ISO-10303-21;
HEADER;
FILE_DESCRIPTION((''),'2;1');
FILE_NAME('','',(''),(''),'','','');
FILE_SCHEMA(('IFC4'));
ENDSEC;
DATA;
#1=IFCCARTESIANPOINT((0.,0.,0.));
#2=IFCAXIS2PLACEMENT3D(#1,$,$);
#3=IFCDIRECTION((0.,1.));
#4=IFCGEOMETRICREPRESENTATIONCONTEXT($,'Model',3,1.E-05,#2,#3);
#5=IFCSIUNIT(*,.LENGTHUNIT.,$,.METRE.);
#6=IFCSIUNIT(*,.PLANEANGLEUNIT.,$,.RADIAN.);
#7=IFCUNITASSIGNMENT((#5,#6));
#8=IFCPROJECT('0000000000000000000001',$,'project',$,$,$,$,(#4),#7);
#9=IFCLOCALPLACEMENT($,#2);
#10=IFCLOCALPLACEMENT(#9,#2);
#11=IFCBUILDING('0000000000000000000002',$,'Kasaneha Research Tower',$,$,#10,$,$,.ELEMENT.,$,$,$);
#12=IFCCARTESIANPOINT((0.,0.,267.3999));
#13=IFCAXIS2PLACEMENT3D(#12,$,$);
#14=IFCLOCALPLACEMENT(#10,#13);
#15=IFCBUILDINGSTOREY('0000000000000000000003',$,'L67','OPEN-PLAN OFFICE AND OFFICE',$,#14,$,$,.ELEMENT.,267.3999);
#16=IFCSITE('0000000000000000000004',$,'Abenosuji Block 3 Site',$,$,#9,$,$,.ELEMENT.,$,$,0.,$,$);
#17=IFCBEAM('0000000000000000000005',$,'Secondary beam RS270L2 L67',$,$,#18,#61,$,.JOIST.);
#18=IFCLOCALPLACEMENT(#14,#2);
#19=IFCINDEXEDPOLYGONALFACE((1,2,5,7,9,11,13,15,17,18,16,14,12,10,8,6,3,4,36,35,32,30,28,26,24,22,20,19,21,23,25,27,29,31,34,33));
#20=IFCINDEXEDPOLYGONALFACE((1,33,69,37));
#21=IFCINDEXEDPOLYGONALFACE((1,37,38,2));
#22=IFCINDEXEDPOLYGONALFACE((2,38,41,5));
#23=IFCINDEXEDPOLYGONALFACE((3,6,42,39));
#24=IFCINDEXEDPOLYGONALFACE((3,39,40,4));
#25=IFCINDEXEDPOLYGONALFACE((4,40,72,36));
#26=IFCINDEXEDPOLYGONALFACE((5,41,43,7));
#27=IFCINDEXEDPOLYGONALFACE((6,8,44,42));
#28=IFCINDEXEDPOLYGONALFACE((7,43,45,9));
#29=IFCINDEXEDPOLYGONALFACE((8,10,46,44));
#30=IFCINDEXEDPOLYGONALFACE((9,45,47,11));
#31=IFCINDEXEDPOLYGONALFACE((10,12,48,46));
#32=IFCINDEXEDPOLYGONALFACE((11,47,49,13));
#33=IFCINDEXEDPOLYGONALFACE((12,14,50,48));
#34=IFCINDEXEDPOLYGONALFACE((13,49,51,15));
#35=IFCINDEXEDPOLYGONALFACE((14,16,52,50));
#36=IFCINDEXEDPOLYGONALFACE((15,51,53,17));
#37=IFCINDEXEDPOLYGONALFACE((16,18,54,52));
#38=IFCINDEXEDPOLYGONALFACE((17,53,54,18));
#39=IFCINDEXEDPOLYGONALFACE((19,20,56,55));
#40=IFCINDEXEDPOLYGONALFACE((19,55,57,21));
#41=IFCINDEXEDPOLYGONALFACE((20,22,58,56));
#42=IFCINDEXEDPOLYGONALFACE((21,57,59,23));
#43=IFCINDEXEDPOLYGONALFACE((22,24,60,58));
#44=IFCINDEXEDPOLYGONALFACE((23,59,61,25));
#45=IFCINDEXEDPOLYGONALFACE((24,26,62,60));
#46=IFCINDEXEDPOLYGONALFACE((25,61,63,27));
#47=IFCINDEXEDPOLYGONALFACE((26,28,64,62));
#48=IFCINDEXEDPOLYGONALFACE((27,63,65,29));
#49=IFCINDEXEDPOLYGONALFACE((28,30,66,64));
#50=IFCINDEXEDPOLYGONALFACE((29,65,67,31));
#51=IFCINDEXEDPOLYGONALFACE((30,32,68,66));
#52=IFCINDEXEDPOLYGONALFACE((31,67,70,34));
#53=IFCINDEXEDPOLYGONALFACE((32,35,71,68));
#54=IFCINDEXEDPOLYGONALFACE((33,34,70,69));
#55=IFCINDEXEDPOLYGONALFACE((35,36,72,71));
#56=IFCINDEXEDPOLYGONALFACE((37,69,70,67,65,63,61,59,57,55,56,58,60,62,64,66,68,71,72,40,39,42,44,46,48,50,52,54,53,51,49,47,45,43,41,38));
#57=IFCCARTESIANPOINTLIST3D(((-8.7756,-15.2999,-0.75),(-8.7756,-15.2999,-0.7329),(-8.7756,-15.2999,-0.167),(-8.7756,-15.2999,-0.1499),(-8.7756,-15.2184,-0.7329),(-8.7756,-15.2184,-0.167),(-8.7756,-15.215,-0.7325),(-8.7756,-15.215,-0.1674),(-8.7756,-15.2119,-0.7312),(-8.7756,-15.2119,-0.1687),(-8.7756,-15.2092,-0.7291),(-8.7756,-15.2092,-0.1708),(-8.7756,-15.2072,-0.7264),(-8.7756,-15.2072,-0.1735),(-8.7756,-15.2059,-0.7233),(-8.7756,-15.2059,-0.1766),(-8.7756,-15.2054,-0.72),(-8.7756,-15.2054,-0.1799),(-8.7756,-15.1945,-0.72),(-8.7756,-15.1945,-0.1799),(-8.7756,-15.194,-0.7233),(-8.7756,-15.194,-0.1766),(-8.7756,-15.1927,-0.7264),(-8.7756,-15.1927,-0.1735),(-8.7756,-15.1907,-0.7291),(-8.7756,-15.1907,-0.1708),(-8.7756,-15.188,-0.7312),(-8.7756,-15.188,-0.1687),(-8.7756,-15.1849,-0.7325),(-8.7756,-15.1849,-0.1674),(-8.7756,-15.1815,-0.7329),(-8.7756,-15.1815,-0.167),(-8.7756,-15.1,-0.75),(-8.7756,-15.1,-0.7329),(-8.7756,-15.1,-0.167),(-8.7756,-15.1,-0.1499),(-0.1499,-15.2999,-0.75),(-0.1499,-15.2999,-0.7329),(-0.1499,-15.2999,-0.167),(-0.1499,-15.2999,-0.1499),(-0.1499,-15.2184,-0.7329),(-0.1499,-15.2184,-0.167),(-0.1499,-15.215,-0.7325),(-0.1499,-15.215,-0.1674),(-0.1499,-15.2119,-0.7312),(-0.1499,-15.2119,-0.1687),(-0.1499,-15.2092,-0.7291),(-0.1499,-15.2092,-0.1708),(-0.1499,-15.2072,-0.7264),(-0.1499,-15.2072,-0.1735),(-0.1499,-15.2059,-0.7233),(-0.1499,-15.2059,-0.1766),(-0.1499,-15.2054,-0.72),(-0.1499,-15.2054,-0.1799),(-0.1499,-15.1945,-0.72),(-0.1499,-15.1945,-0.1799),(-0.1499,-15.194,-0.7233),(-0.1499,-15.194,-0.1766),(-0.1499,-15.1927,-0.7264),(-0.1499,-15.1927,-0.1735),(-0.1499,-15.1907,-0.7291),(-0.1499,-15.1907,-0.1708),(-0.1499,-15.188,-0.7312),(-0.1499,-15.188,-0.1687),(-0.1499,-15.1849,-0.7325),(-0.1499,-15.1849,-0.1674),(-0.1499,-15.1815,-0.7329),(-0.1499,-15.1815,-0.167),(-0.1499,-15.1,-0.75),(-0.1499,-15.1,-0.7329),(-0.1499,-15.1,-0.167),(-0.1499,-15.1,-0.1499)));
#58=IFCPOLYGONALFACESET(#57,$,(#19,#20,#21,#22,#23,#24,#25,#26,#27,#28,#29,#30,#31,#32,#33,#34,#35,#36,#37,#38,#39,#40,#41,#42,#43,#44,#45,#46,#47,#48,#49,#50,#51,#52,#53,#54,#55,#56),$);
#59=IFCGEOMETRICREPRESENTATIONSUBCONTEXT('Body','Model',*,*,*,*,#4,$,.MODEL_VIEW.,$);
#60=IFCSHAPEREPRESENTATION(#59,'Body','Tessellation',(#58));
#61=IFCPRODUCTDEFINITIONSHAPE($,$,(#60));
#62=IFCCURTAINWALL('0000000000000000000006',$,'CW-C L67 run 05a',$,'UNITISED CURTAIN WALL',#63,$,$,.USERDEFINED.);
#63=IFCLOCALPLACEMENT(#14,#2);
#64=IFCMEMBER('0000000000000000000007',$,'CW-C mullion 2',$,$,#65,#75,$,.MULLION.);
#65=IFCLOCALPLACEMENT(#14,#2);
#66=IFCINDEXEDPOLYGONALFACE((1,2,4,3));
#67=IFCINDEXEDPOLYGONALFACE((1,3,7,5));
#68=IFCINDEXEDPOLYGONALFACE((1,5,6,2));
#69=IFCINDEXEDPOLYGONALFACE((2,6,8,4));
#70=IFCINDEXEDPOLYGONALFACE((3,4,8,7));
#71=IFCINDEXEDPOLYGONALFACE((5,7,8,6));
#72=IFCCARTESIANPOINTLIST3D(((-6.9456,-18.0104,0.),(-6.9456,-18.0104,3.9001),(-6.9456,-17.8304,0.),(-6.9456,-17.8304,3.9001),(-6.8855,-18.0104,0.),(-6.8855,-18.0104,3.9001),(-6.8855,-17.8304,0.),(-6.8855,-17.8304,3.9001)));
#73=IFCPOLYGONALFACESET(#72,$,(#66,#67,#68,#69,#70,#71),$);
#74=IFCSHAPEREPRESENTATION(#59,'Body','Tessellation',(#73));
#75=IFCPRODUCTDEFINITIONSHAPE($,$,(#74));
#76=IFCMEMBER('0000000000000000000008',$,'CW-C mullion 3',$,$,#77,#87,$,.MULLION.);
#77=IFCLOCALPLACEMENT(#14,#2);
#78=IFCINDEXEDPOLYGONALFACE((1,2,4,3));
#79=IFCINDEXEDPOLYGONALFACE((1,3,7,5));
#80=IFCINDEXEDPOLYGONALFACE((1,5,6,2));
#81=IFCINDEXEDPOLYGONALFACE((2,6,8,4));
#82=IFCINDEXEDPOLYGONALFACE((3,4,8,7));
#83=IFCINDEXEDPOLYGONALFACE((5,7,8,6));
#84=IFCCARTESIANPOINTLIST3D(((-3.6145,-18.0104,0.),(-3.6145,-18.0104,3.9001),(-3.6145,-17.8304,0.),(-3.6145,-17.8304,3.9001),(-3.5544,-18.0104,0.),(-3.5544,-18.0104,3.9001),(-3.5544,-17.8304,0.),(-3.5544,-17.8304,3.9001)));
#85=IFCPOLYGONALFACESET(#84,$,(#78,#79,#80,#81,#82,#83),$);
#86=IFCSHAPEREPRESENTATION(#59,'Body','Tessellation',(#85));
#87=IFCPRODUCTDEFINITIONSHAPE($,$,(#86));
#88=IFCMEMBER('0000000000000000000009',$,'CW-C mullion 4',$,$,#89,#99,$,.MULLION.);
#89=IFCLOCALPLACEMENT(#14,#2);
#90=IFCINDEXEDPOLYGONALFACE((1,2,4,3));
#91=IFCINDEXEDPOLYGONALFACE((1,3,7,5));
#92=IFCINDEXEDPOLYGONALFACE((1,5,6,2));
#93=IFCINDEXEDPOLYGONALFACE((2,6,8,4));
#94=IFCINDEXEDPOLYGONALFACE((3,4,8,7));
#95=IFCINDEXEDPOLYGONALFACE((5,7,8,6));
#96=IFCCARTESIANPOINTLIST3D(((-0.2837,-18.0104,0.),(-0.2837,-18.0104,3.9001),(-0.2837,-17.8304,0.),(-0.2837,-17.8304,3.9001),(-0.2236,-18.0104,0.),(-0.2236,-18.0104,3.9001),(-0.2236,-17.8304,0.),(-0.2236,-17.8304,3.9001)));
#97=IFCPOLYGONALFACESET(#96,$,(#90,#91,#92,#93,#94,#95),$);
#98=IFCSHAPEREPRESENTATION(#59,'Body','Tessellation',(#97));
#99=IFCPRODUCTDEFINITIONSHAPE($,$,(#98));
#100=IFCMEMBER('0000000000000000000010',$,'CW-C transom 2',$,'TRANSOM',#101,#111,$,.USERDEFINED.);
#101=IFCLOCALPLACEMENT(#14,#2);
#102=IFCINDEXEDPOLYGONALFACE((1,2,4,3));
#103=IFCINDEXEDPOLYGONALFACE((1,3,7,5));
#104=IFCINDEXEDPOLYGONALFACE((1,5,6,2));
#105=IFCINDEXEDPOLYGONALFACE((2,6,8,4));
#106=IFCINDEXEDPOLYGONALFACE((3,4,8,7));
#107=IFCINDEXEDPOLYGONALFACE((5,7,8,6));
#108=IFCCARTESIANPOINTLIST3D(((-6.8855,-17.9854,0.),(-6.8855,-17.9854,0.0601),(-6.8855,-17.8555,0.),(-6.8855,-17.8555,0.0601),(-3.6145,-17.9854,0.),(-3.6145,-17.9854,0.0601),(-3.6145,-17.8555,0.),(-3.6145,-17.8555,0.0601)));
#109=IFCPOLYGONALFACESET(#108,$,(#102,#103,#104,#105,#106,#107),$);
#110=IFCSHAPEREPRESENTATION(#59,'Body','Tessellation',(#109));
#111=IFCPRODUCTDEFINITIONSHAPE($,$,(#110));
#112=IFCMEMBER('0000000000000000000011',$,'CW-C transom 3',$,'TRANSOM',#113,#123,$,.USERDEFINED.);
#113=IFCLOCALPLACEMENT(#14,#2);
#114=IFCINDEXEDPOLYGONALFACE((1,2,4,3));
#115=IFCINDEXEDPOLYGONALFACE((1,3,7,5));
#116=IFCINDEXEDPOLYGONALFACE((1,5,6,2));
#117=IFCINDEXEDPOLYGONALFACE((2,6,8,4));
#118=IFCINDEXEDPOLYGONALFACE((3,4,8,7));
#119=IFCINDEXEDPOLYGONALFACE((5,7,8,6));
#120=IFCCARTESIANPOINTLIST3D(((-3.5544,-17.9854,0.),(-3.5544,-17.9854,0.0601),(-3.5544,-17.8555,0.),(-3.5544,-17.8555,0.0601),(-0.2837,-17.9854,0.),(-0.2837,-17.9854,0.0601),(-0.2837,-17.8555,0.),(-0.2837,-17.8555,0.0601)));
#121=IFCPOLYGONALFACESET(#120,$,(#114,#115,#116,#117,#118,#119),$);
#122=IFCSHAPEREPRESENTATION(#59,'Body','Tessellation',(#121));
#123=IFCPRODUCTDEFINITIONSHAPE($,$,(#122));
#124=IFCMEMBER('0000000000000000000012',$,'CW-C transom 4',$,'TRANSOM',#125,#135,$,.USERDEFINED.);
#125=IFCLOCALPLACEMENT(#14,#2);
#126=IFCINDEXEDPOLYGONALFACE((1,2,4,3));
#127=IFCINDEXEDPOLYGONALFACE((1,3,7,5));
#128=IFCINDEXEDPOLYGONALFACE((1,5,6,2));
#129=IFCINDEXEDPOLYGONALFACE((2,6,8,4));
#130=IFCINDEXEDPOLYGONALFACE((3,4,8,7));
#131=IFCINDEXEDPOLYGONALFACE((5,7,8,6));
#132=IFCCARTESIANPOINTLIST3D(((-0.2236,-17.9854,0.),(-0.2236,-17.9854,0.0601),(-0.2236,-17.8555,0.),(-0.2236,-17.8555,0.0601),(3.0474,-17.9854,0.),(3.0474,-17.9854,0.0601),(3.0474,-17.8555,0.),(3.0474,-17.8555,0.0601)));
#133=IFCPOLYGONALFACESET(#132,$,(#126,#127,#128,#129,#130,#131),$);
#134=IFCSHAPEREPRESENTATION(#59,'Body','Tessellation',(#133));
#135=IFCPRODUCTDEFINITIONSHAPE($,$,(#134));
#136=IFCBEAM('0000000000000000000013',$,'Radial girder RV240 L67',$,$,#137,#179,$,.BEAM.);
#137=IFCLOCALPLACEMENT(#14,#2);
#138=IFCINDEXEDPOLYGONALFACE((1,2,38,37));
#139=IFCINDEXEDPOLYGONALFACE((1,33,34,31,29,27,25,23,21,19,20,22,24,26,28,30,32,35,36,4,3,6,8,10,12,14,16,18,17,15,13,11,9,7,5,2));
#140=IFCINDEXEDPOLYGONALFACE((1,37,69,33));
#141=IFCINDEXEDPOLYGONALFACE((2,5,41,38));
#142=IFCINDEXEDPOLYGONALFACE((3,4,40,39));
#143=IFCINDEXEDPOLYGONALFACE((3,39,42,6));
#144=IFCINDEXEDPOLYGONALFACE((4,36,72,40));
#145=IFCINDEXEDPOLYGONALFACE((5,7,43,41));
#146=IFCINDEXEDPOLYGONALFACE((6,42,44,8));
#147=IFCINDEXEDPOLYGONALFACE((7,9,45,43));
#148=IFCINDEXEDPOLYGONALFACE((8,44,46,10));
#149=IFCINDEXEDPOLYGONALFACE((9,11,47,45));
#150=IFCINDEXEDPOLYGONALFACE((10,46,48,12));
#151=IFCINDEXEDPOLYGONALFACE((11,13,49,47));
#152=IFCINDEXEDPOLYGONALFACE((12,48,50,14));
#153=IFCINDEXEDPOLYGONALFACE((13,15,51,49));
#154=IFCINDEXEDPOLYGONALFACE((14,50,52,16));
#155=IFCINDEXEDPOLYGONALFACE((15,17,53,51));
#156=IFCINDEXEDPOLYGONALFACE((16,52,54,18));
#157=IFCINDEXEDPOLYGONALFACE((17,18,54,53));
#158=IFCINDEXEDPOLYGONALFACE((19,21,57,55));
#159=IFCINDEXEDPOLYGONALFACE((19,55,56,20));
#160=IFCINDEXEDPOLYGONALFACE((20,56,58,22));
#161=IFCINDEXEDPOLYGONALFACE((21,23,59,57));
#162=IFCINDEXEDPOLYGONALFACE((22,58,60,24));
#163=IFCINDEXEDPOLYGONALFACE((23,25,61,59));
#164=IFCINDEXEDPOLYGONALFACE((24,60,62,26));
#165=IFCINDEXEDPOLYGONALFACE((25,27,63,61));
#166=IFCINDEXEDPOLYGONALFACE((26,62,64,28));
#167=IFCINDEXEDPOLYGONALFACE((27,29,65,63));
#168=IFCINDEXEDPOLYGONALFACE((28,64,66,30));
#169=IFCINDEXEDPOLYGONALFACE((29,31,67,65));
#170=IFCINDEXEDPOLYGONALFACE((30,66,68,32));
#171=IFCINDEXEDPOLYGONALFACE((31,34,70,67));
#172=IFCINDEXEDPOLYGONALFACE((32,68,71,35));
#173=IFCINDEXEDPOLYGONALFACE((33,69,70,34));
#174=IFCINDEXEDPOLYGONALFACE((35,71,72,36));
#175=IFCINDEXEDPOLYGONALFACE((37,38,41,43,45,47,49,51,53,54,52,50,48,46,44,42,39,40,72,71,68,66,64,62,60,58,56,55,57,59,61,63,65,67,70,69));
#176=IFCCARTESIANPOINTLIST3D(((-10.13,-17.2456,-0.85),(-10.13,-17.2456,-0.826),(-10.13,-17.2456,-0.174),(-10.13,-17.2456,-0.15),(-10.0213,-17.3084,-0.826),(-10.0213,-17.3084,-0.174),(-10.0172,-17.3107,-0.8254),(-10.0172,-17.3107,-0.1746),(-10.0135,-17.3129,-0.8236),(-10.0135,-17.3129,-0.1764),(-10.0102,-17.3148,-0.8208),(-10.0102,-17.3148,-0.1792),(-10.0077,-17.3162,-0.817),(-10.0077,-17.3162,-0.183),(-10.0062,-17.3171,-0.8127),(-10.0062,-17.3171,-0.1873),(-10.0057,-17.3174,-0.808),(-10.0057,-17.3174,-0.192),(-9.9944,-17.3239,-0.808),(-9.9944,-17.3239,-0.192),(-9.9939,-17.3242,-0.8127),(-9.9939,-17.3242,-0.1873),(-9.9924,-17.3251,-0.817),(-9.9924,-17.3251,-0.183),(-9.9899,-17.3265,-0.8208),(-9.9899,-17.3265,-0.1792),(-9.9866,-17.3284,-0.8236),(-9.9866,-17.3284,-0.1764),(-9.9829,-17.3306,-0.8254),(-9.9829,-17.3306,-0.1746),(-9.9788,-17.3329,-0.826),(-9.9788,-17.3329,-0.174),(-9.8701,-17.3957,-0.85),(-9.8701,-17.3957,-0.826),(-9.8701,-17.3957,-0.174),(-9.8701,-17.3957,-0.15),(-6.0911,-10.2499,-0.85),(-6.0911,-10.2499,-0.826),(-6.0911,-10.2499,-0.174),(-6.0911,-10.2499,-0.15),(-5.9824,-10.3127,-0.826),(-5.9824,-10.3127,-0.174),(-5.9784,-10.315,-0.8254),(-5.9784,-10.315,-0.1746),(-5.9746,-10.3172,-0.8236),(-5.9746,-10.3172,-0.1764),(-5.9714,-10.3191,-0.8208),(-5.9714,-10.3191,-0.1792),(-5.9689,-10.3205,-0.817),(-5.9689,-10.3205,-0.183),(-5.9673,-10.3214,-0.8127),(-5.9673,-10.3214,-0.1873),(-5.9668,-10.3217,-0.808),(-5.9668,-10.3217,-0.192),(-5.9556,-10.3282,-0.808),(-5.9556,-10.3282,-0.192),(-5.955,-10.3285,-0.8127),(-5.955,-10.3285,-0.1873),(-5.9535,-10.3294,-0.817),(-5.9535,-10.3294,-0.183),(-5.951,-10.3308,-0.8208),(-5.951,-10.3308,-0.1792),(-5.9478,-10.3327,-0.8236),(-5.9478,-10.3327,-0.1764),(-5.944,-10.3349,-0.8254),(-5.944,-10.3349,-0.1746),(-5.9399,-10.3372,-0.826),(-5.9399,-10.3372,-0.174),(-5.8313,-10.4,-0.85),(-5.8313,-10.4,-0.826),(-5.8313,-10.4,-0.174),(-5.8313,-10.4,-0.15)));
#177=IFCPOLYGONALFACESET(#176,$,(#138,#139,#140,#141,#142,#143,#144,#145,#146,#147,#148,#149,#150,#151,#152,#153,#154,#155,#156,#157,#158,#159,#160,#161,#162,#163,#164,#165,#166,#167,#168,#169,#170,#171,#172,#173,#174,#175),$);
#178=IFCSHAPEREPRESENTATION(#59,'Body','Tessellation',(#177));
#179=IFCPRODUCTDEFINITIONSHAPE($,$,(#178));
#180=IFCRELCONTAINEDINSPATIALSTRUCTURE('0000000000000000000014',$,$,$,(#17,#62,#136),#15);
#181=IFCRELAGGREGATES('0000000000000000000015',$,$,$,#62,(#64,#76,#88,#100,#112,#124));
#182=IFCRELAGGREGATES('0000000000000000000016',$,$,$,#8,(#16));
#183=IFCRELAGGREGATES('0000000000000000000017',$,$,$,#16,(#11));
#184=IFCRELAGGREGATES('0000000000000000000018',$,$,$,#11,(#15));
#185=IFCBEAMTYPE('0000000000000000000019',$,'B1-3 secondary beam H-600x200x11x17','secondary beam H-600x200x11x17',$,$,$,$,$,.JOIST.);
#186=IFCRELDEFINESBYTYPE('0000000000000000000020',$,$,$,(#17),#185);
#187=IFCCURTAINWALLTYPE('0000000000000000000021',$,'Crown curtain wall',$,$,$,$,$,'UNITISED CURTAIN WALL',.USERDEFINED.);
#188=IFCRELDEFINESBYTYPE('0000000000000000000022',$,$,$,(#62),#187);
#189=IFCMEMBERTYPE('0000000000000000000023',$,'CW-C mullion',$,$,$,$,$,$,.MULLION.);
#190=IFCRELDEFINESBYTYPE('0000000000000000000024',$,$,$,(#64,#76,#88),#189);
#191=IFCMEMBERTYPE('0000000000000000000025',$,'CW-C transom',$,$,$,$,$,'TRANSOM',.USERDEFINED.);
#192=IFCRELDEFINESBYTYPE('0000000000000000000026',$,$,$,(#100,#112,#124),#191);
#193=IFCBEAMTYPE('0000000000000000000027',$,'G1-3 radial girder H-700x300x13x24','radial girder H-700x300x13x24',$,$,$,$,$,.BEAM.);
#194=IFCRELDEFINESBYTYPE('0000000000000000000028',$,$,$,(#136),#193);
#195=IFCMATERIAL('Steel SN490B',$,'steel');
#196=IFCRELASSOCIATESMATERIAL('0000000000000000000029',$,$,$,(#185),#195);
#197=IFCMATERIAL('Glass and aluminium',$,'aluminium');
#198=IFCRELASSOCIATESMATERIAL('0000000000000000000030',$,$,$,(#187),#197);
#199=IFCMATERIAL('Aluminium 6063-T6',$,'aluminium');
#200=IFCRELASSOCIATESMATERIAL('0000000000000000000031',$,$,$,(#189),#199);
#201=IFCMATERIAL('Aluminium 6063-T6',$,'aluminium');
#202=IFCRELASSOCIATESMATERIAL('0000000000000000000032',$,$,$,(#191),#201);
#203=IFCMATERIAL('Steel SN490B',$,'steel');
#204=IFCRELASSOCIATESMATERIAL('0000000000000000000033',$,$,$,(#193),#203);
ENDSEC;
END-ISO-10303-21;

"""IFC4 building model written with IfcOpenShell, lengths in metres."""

from ifc_helpers import new_model, si_unit, direction, frame, origin, origin_2d, place, context, subcontext, project, spatial, rectangle, i_section, extrude, material, material_profile, profile_set, type_object, element, aggregate, save


model = new_model("IFC4")

# Units and contexts
model_context = context("Model", 3, precision=1e-05, world=origin(), true_north=direction((0.0, 1.0)))
body_context = subcontext(model_context, "Body", "Model", "MODEL_VIEW")
ifc_project = project(units=[si_unit("LENGTHUNIT", "METRE"), si_unit("PLANEANGLEUNIT", "RADIAN")], contexts=[model_context])

# Site, building, storey
site_placement = place(None, origin())
site = spatial("IfcSite", under=ifc_project, at=site_placement, Name="Abenosuji Block 3 Site", CompositionType="ELEMENT", RefElevation=0.0)
building_placement = place(site_placement, origin())
building = spatial("IfcBuilding", under=site, at=building_placement, Name="Kasaneha Research Tower", CompositionType="ELEMENT")
storey_placement = place(building_placement, frame((0.0, 0.0, 267.3999)))
storey = spatial("IfcBuildingStorey", under=building, at=storey_placement, Name="L67", Description="OPEN-PLAN OFFICE AND OFFICE", CompositionType="ELEMENT", Elevation=267.3999)

# Beam
ifc_material_1 = material(Name="Steel SN490B", Category="steel")
ifc_material_profile_1 = material_profile(ifc_material_1, i_section(OverallWidth=0.2, OverallDepth=0.6001, WebThickness=0.011, FlangeThickness=0.0171, FilletRadius=0.0129, at=origin_2d()), Name="H-600x200x11x17")
ifc_profile_set_1 = profile_set([ifc_material_profile_1], Name="Steel SN490B")
beam_type_1 = type_object("IfcBeamType", Name="B1-3 secondary beam H-600x200x11x17", Description="secondary beam H-600x200x11x17", PredefinedType="JOIST", material=ifc_profile_set_1)
beam_1_placement = place(storey_placement, frame((-8.7756, -15.2, -0.45), z_axis=(1.0, 0.0, 0.0), x_axis=(0.0, 1.0, 0.0)))
element("IfcBeam", 1, at=beam_1_placement, inside=storey, type_object=beam_type_1, Name="Secondary beam RS270L2 L67", PredefinedType="JOIST", context=body_context, shape_type="SweptSolid", body=[
    extrude(i_section(OverallWidth=0.2, OverallDepth=0.6001, WebThickness=0.011, FlangeThickness=0.0171, FilletRadius=0.0129, at=origin_2d()), origin(), (0.0, 0.0, 1.0), 8.6257),
])

# Curtain wall, members
ifc_material_2 = material(Name="Glass and aluminium", Category="aluminium")
curtain_wall_type = type_object("IfcCurtainWallType", Name="Crown curtain wall", ElementType="UNITISED CURTAIN WALL", PredefinedType="USERDEFINED", material=ifc_material_2)
curtain_wall_placement = place(storey_placement, origin())
curtain_wall = element("IfcCurtainWall", 2, at=curtain_wall_placement, inside=storey, type_object=curtain_wall_type, Name="CW-C L67 run 05a", ObjectType="UNITISED CURTAIN WALL", PredefinedType="USERDEFINED")
ifc_material_3 = material(Name="Aluminium 6063-T6", Category="aluminium")
ifc_material_profile_2 = material_profile(ifc_material_3, rectangle(XDim=0.0601, YDim=0.1799, at=origin_2d()), Name="CW-C mullion 60x180")
ifc_profile_set_2 = profile_set([ifc_material_profile_2], Name="Aluminium 6063-T6")
member_type_1 = type_object("IfcMemberType", Name="CW-C mullion", PredefinedType="MULLION", material=ifc_profile_set_2)
member_1_placement = place(storey_placement, frame((-6.9155, -17.9204, 0.0), z_axis=(0.0, 0.0, 1.0), x_axis=(1.0, 0.0, 0.0)))
member_1 = element("IfcMember", 3, at=member_1_placement, type_object=member_type_1, Name="CW-C mullion 2", PredefinedType="MULLION", context=body_context, shape_type="SweptSolid", body=[
    extrude(rectangle(XDim=0.0601, YDim=0.1799, at=origin_2d()), origin(), (0.0, 0.0, 1.0), 3.9001),
])
member_2_placement = place(storey_placement, frame((-3.5845, -17.9204, 0.0), z_axis=(0.0, 0.0, 1.0), x_axis=(1.0, 0.0, 0.0)))
member_2 = element("IfcMember", 4, at=member_2_placement, type_object=member_type_1, Name="CW-C mullion 3", PredefinedType="MULLION", context=body_context, shape_type="SweptSolid", body=[
    extrude(rectangle(XDim=0.0601, YDim=0.1799, at=origin_2d()), origin(), (0.0, 0.0, 1.0), 3.9001),
])
member_3_placement = place(storey_placement, frame((-0.2537, -17.9204, 0.0), z_axis=(0.0, 0.0, 1.0), x_axis=(1.0, 0.0, 0.0)))
member_3 = element("IfcMember", 5, at=member_3_placement, type_object=member_type_1, Name="CW-C mullion 4", PredefinedType="MULLION", context=body_context, shape_type="SweptSolid", body=[
    extrude(rectangle(XDim=0.0601, YDim=0.1799, at=origin_2d()), origin(), (0.0, 0.0, 1.0), 3.9001),
])
ifc_material_4 = material(Name="Aluminium 6063-T6", Category="aluminium")
ifc_material_profile_3 = material_profile(ifc_material_4, rectangle(XDim=0.1299, YDim=0.0601, at=origin_2d()), Name="CW-C transom 130x60")
ifc_profile_set_3 = profile_set([ifc_material_profile_3], Name="Aluminium 6063-T6")
member_type_2 = type_object("IfcMemberType", Name="CW-C transom", ElementType="TRANSOM", PredefinedType="USERDEFINED", material=ifc_profile_set_3)
member_4_placement = place(storey_placement, frame((-6.8855, -17.9204, 0.03), z_axis=(1.0, 0.0, 0.0), x_axis=(0.0, 1.0, 0.0)))
member_4 = element("IfcMember", 6, at=member_4_placement, type_object=member_type_2, Name="CW-C transom 2", ObjectType="TRANSOM", PredefinedType="USERDEFINED", context=body_context, shape_type="SweptSolid", body=[
    extrude(rectangle(XDim=0.1299, YDim=0.0601, at=origin_2d()), origin(), (0.0, 0.0, 1.0), 3.271),
])
member_5_placement = place(storey_placement, frame((-3.5544, -17.9204, 0.03), z_axis=(1.0, 0.0, 0.0), x_axis=(0.0, 1.0, 0.0)))
member_5 = element("IfcMember", 7, at=member_5_placement, type_object=member_type_2, Name="CW-C transom 3", ObjectType="TRANSOM", PredefinedType="USERDEFINED", context=body_context, shape_type="SweptSolid", body=[
    extrude(rectangle(XDim=0.1299, YDim=0.0601, at=origin_2d()), origin(), (0.0, 0.0, 1.0), 3.2708),
])
member_6_placement = place(storey_placement, frame((-0.2236, -17.9204, 0.03), z_axis=(1.0, 0.0, 0.0), x_axis=(0.0, 1.0, 0.0)))
member_6 = element("IfcMember", 8, at=member_6_placement, type_object=member_type_2, Name="CW-C transom 4", ObjectType="TRANSOM", PredefinedType="USERDEFINED", context=body_context, shape_type="SweptSolid", body=[
    extrude(rectangle(XDim=0.1299, YDim=0.0601, at=origin_2d()), origin(), (0.0, 0.0, 1.0), 3.271),
])

# Beam
ifc_material_5 = material(Name="Steel SN490B", Category="steel")
ifc_material_profile_4 = material_profile(ifc_material_5, i_section(OverallWidth=0.3, OverallDepth=0.7, WebThickness=0.0129, FlangeThickness=0.0239, FilletRadius=0.0181, at=origin_2d()), Name="H-700x300x13x24")
ifc_profile_set_4 = profile_set([ifc_material_profile_4], Name="Steel SN490B")
beam_type_2 = type_object("IfcBeamType", Name="G1-3 radial girder H-700x300x13x24", Description="radial girder H-700x300x13x24", PredefinedType="BEAM", material=ifc_profile_set_4)
beam_2_placement = place(storey_placement, frame((-5.9612, -10.325, -0.5), z_axis=(-0.499991, -0.866031, 0.0), x_axis=(0.866031, -0.499991, 0.0)))
element("IfcBeam", 9, at=beam_2_placement, inside=storey, type_object=beam_type_2, Name="Radial girder RV240 L67", PredefinedType="BEAM", context=body_context, shape_type="SweptSolid", body=[
    extrude(i_section(OverallWidth=0.3, OverallDepth=0.7, WebThickness=0.0129, FlangeThickness=0.0239, FilletRadius=0.0181, at=origin_2d()), origin(), (0.0, 0.0, 1.0), 8.0779),
])

aggregate(curtain_wall, [member_1, member_2, member_3, member_4, member_5, member_6])

save(model, "model.ifc")
